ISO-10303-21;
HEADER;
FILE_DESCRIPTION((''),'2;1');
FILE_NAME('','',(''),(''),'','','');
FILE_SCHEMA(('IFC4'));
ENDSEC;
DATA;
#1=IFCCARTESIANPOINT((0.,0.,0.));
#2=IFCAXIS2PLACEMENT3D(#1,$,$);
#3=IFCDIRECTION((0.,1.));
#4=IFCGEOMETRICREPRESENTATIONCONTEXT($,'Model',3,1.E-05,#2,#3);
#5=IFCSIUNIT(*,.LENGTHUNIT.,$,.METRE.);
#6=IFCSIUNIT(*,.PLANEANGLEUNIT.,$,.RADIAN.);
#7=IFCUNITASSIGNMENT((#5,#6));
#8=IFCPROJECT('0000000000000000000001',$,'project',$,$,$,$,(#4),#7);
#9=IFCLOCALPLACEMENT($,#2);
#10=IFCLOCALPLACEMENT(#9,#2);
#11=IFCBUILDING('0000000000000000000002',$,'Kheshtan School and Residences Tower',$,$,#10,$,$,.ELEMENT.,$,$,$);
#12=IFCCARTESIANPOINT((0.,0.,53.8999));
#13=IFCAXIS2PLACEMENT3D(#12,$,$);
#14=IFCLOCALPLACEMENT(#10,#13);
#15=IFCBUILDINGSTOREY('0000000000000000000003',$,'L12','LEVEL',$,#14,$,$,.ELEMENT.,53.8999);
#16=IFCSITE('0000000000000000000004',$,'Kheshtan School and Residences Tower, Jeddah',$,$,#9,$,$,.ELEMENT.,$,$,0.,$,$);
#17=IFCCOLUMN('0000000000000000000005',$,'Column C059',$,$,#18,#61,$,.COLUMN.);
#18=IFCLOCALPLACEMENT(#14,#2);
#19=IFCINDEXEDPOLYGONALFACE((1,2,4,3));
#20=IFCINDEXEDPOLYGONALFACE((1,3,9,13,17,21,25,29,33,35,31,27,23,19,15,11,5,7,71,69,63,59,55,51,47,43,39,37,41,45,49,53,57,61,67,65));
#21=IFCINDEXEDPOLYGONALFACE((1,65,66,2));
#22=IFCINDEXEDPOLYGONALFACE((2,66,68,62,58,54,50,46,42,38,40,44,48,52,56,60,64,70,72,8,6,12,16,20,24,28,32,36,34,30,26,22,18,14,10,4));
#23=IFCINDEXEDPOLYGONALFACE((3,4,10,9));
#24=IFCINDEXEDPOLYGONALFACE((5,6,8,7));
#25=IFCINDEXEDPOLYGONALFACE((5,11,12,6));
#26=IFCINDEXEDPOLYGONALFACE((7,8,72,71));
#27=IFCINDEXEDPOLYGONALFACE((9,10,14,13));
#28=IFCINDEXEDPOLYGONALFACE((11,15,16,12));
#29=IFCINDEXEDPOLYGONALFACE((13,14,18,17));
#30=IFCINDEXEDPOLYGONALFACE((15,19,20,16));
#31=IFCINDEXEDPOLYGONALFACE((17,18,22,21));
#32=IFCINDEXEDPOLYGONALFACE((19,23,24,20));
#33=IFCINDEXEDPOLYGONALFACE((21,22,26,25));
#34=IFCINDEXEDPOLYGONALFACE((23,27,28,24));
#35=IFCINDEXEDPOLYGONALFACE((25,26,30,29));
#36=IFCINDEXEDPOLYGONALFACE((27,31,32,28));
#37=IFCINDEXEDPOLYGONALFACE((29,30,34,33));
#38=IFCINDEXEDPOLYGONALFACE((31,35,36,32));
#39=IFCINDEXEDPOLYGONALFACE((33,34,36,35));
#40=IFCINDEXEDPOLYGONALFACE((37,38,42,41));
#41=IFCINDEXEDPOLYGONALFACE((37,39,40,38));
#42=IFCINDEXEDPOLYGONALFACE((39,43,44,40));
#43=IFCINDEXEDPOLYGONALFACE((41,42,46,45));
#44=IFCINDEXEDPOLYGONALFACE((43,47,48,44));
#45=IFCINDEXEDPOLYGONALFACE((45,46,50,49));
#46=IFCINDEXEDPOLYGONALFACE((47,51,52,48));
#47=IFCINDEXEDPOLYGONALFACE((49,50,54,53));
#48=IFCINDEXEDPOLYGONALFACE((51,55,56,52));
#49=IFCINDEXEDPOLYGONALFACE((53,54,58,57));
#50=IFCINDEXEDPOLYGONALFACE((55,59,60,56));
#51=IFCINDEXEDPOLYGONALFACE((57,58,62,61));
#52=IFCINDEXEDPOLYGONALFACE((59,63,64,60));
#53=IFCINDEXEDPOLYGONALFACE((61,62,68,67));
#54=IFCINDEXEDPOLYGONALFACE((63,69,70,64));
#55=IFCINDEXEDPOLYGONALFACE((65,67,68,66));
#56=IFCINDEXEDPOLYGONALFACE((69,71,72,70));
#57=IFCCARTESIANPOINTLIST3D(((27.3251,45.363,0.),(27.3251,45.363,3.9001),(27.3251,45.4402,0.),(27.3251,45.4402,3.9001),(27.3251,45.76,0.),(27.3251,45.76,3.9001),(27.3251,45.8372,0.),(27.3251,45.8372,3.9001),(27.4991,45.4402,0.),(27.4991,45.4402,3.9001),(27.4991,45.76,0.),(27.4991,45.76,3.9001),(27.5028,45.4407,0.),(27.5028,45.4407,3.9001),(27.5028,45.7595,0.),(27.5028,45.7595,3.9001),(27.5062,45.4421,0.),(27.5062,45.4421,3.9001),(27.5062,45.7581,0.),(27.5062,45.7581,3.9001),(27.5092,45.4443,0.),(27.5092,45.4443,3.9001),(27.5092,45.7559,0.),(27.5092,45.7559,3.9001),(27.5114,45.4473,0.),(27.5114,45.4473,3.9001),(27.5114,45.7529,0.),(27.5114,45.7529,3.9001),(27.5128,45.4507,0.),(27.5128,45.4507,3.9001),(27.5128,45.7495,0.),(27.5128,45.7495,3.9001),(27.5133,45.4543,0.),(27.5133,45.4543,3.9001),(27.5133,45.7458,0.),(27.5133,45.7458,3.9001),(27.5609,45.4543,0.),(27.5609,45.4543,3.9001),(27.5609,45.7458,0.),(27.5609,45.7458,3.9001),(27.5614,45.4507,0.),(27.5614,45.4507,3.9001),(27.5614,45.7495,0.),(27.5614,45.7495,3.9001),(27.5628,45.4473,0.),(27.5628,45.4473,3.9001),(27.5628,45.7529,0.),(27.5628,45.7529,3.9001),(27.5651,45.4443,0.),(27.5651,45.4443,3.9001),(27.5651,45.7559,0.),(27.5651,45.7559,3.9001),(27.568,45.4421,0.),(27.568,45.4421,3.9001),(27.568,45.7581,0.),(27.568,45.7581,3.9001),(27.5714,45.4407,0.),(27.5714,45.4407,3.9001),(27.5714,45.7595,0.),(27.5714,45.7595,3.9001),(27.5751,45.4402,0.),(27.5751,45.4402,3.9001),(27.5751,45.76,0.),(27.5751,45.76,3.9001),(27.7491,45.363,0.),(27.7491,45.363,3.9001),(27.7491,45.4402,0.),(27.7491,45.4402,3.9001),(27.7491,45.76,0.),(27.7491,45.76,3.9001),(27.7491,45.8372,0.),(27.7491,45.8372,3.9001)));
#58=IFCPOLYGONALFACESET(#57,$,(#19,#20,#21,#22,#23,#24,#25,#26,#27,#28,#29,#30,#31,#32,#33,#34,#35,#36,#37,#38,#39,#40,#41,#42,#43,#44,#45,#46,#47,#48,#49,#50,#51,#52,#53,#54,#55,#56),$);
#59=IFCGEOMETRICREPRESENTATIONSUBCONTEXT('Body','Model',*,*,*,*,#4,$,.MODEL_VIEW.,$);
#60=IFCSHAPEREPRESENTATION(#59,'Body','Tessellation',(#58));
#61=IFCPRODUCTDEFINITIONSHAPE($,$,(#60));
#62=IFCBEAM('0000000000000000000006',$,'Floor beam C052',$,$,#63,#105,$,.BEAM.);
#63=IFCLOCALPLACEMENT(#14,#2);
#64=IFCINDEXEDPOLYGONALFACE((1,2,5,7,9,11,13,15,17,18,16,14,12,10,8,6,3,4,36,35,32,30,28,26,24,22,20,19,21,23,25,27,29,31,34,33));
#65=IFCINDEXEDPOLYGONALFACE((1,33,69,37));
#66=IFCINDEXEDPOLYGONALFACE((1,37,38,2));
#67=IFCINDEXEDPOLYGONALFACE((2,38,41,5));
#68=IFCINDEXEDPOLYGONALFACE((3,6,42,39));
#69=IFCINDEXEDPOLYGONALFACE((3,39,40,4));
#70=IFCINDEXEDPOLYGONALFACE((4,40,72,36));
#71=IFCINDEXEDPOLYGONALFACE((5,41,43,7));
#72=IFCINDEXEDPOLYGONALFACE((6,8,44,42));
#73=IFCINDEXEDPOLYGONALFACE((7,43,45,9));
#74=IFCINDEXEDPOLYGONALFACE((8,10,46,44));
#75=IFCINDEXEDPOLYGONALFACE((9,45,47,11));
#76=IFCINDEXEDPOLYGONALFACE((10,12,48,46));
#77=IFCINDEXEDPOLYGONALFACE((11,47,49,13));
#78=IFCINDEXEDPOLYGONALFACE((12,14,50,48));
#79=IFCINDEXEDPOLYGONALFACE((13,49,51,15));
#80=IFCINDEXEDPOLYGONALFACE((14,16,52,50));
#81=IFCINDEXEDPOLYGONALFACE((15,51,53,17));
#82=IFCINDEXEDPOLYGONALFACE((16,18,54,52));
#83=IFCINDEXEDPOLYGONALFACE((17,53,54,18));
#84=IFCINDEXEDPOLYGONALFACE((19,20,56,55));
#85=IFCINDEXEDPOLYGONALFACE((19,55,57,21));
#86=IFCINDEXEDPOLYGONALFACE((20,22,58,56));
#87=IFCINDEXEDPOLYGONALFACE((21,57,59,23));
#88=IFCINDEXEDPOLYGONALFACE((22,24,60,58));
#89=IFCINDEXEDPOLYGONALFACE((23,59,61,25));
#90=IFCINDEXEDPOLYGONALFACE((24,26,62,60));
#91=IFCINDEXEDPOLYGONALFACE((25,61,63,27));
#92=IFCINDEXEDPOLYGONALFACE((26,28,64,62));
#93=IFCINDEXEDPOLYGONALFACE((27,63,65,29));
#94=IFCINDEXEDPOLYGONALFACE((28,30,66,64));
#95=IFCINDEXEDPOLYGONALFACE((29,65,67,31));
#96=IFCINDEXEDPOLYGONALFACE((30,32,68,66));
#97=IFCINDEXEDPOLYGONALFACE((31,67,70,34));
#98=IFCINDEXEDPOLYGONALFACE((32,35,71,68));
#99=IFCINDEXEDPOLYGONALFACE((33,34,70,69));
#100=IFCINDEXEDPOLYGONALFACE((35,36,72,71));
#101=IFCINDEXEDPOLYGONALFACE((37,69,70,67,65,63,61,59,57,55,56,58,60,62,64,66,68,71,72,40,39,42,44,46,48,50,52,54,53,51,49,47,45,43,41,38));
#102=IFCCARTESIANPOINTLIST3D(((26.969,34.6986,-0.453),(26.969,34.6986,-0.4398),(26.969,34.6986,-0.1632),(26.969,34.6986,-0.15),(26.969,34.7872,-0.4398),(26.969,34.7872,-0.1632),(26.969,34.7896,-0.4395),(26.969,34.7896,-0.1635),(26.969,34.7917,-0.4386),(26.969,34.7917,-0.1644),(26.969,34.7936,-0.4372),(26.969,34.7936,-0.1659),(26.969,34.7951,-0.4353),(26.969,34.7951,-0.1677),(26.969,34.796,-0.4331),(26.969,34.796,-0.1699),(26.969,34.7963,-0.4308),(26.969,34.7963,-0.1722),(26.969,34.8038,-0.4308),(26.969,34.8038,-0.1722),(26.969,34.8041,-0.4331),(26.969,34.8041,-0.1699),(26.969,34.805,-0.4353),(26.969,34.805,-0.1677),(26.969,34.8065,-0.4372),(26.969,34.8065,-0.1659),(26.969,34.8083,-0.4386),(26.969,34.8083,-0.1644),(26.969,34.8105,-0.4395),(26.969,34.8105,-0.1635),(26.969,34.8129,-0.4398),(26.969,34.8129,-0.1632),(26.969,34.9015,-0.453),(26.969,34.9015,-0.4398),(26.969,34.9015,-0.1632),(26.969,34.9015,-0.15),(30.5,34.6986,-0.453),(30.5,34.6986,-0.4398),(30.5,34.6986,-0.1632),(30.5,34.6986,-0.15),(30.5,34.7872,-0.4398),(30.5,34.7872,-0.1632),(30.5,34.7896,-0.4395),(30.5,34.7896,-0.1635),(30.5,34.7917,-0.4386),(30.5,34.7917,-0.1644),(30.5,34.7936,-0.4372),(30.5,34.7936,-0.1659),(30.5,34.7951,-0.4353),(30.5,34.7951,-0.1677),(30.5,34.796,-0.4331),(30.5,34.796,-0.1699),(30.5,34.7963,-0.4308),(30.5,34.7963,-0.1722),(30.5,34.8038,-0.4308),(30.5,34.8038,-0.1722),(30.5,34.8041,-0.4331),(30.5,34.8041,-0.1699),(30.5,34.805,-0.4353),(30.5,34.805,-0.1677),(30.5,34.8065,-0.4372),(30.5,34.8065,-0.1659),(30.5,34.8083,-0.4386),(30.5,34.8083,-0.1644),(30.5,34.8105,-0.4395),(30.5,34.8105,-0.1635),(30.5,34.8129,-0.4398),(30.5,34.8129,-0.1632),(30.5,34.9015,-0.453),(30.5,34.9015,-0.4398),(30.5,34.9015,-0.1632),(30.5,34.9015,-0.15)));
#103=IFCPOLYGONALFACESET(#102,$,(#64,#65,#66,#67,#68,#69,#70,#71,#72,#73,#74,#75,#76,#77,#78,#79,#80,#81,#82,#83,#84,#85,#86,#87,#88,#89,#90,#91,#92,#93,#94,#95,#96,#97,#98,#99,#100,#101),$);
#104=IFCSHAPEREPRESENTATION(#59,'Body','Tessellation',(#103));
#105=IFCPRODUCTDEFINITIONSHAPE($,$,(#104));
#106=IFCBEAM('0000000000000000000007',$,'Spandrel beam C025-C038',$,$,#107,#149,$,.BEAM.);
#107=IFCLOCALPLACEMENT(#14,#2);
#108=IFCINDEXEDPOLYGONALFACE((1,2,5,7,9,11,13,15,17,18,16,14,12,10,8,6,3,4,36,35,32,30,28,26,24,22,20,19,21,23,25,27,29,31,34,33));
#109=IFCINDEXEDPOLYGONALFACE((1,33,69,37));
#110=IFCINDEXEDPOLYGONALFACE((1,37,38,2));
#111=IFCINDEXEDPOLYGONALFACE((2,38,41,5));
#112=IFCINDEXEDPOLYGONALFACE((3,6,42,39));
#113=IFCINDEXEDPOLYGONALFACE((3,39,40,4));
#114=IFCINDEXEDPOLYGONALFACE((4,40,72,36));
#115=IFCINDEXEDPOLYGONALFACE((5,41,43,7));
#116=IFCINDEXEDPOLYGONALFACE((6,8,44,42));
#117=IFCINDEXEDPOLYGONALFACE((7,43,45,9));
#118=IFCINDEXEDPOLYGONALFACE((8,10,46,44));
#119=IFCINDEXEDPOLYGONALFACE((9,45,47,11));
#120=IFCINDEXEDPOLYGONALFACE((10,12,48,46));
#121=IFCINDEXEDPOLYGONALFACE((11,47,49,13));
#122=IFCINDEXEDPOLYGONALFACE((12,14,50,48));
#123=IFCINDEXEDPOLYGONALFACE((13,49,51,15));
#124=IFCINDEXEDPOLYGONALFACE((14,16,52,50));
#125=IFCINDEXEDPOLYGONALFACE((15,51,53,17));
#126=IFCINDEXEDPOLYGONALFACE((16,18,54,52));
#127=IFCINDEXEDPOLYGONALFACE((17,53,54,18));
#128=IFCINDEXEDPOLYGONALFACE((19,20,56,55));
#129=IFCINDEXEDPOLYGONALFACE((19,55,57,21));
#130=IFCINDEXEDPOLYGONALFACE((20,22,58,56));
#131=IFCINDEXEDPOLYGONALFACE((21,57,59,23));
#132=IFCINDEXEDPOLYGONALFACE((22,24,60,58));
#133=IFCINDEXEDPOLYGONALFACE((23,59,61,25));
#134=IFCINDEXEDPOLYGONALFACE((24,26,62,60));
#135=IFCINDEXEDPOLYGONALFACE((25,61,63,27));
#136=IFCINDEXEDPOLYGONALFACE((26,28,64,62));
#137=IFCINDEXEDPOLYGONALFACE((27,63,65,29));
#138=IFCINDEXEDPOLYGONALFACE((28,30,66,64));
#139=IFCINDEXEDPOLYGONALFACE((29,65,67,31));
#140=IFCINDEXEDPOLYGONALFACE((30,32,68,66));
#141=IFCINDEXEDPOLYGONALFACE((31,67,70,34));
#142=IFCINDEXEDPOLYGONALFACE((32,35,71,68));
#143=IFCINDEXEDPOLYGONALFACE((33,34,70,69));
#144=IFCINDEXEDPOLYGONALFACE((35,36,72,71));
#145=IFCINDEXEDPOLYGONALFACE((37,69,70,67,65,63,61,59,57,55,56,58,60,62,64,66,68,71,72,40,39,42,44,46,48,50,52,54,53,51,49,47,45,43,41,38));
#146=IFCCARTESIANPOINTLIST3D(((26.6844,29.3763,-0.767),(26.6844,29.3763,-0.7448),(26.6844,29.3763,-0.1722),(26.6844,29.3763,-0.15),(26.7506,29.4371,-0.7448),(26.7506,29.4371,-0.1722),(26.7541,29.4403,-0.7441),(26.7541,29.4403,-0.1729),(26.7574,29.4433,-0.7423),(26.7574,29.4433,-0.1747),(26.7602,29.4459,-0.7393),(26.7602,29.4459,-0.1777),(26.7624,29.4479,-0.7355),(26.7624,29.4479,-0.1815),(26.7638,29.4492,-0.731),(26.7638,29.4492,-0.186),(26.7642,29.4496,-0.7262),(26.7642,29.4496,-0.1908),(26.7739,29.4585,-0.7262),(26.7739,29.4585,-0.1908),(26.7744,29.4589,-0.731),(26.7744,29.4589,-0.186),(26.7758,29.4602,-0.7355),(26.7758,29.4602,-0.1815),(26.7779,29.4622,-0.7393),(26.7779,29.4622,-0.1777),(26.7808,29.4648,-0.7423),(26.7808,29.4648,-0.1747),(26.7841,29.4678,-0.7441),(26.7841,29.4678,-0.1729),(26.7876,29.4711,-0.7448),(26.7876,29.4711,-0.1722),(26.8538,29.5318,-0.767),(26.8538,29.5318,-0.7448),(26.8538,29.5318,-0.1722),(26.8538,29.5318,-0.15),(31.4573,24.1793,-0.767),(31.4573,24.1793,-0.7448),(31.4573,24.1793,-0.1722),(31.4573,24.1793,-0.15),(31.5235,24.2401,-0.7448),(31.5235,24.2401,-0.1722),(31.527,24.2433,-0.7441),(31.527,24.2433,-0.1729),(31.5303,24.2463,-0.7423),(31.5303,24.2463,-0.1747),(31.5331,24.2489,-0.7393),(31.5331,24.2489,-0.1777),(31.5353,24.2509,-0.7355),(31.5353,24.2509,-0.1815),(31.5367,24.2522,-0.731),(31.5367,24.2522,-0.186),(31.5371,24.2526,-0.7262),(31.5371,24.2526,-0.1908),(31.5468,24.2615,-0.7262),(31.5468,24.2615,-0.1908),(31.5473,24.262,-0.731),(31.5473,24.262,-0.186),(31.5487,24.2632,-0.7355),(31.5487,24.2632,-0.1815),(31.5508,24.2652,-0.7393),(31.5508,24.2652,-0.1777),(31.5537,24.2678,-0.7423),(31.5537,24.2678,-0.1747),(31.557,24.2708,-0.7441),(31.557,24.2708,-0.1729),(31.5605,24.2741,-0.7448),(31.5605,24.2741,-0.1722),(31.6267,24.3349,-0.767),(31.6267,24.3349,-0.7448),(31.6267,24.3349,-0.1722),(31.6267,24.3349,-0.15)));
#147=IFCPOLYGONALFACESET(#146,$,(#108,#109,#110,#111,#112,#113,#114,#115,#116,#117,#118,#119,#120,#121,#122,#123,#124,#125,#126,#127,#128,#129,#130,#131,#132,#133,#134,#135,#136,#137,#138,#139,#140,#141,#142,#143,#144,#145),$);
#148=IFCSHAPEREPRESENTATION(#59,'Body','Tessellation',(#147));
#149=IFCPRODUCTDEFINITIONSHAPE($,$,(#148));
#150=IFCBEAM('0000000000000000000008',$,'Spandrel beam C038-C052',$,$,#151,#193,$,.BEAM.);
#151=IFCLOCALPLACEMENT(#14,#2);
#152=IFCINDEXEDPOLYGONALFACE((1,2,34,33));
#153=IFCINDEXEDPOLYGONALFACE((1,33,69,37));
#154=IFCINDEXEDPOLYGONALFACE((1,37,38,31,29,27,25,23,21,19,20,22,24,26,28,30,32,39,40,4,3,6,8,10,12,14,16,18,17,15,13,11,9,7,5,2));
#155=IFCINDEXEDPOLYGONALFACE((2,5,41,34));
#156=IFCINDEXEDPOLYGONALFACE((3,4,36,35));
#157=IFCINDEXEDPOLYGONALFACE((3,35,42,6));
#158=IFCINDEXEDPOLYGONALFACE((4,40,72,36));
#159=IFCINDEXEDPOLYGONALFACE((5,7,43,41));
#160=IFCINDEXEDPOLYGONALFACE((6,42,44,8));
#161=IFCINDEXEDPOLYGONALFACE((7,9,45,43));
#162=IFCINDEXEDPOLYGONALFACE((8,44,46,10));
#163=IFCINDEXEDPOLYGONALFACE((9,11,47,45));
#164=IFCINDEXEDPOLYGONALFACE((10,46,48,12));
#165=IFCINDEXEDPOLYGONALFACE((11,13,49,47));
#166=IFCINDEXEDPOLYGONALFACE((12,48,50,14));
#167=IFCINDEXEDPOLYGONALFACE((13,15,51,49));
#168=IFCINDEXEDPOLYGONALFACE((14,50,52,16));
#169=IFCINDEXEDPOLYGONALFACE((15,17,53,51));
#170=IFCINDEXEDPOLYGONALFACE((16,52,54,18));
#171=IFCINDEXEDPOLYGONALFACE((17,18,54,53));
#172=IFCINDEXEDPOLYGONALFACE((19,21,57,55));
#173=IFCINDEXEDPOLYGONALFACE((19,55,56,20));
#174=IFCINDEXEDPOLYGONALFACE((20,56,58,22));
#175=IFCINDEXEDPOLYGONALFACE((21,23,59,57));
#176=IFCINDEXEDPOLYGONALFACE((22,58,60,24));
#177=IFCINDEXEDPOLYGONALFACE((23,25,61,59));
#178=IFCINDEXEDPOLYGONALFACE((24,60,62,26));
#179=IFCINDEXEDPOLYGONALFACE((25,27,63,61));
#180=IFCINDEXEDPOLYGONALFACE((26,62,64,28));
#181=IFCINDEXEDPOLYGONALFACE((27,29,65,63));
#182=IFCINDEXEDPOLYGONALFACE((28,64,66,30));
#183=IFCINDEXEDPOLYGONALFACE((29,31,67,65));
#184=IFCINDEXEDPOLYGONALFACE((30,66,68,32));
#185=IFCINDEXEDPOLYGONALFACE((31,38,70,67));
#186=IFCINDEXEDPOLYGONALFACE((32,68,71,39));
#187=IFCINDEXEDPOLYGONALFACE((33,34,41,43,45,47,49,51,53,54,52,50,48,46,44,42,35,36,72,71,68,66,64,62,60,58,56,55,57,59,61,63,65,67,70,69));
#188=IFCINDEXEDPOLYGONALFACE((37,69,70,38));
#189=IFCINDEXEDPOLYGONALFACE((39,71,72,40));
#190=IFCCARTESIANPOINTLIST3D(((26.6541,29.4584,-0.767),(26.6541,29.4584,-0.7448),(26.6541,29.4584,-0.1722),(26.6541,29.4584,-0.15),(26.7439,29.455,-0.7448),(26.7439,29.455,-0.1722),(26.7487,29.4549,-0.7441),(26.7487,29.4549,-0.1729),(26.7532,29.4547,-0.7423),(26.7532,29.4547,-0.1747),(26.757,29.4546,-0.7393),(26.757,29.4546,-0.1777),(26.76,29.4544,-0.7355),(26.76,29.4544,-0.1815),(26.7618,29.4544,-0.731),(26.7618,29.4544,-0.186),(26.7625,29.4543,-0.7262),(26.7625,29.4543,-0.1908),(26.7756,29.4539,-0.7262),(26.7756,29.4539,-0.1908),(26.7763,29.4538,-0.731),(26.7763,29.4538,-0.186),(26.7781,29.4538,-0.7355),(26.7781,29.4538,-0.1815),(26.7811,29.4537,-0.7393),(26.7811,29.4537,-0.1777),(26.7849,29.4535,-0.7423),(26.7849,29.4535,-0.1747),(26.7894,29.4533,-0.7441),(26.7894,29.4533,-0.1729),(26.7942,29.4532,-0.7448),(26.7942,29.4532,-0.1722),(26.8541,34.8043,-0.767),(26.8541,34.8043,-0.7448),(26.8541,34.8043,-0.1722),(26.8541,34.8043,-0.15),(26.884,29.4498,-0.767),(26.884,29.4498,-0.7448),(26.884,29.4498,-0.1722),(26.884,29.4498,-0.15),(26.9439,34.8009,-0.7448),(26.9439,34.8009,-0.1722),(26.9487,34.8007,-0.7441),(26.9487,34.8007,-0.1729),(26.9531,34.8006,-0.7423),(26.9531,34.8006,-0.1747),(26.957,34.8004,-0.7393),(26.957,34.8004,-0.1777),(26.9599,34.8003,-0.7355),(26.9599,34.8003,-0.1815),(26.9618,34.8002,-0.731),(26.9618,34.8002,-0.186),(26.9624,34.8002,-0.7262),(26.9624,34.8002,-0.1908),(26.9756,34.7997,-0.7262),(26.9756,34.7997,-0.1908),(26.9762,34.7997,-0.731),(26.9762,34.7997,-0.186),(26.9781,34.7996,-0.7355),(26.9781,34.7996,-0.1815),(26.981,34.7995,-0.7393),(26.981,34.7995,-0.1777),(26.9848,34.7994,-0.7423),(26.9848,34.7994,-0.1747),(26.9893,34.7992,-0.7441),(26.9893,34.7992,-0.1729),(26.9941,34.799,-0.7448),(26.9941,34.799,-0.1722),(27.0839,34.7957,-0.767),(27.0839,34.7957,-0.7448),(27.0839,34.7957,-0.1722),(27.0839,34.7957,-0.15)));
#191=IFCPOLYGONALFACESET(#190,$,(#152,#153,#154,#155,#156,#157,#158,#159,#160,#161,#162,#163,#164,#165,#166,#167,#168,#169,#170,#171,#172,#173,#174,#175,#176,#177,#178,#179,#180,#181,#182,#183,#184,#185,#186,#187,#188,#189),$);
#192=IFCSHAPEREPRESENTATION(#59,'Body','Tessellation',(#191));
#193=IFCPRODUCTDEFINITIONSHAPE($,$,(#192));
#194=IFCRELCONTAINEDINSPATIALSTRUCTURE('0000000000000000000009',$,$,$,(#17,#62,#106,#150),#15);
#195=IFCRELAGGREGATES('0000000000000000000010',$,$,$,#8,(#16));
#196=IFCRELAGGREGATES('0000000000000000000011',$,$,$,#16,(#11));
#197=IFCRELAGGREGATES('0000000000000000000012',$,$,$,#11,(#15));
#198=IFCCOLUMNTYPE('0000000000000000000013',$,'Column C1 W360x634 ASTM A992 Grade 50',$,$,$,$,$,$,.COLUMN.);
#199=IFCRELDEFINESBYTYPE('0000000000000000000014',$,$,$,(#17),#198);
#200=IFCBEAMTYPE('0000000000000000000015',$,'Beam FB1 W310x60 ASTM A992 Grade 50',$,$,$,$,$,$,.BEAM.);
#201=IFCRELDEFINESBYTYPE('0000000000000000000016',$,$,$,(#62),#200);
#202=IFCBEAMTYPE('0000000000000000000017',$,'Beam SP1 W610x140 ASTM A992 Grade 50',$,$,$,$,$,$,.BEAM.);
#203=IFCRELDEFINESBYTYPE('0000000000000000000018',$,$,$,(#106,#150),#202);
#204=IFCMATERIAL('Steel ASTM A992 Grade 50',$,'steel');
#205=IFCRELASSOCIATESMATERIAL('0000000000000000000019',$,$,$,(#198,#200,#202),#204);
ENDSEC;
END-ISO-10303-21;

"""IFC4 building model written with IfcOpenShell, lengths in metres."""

from ifc_helpers import new_model, si_unit, direction, frame, origin, origin_2d, place, context, subcontext, project, spatial, i_section, extrude, material, material_profile, profile_set, type_object, element, save


model = new_model("IFC4")

# Units and contexts
model_context = context("Model", 3, precision=1e-05, world=origin(), true_north=direction((0.0, 1.0)))
body_context = subcontext(model_context, "Body", "Model", "MODEL_VIEW")
ifc_project = project(units=[si_unit("LENGTHUNIT", "METRE"), si_unit("PLANEANGLEUNIT", "RADIAN")], contexts=[model_context])

# Site, building, storey
site_placement = place(None, origin())
site = spatial("IfcSite", under=ifc_project, at=site_placement, Name="Kheshtan School and Residences Tower, Jeddah", CompositionType="ELEMENT", RefElevation=0.0)
building_placement = place(site_placement, origin())
building = spatial("IfcBuilding", under=site, at=building_placement, Name="Kheshtan School and Residences Tower", CompositionType="ELEMENT")
storey_placement = place(building_placement, frame((0.0, 0.0, 53.8999)))
storey = spatial("IfcBuildingStorey", under=building, at=storey_placement, Name="L12", Description="LEVEL", CompositionType="ELEMENT", Elevation=53.8999)

# Column
ifc_material_1 = material(Name="Steel ASTM A992 Grade 50", Category="steel")
ifc_material_profile_1 = material_profile(ifc_material_1, i_section(OverallWidth=0.4241, OverallDepth=0.4741, WebThickness=0.0476, FlangeThickness=0.0771, FilletRadius=0.0142, at=origin_2d()), Name="W360x634")
ifc_profile_set_1 = profile_set([ifc_material_profile_1], Name="Steel ASTM A992 Grade 50")
column_type = type_object("IfcColumnType", Name="Column C1 W360x634 ASTM A992 Grade 50", PredefinedType="COLUMN", material=ifc_profile_set_1)
for number, where, z_axis, x_axis, name in (
    (1, (27.5371, 45.6001, 0.0), (0.0, 0.0, 1.0), (1.0, 0.0, 0.0), "Column C059"),
):
    element("IfcColumn", number, at=place(storey_placement, frame(where, z_axis=z_axis, x_axis=x_axis)), inside=storey, type_object=column_type, Name=name, PredefinedType="COLUMN", context=body_context, shape_type="SweptSolid", body=[
        extrude(i_section(OverallWidth=0.4241, OverallDepth=0.4741, WebThickness=0.0476, FlangeThickness=0.0771, FilletRadius=0.0142, at=origin_2d()), origin(), (0.0, 0.0, 1.0), 3.9001),
    ])

# Beams
ifc_material_profile_2 = material_profile(ifc_material_1, i_section(OverallWidth=0.2029, OverallDepth=0.303, WebThickness=0.0076, FlangeThickness=0.0132, FilletRadius=0.009, at=origin_2d()), Name="W310x60")
ifc_profile_set_2 = profile_set([ifc_material_profile_2], Name="Steel ASTM A992 Grade 50")
beam_type_1 = type_object("IfcBeamType", Name="Beam FB1 W310x60 ASTM A992 Grade 50", PredefinedType="BEAM", material=ifc_profile_set_2)
beam_1_placement = place(storey_placement, frame((26.969, 34.8, -0.3015), z_axis=(1.0, 0.0, 0.0), x_axis=(0.0, 1.0, 0.0)))
element("IfcBeam", 2, at=beam_1_placement, inside=storey, type_object=beam_type_1, Name="Floor beam C052", PredefinedType="BEAM", context=body_context, shape_type="SweptSolid", body=[
    extrude(i_section(OverallWidth=0.2029, OverallDepth=0.303, WebThickness=0.0076, FlangeThickness=0.0132, FilletRadius=0.009, at=origin_2d()), origin(), (0.0, 0.0, 1.0), 3.531),
])
ifc_material_profile_3 = material_profile(ifc_material_1, i_section(OverallWidth=0.23, OverallDepth=0.6169, WebThickness=0.0132, FlangeThickness=0.0222, FilletRadius=0.0186, at=origin_2d()), Name="W610x140")
ifc_profile_set_3 = profile_set([ifc_material_profile_3], Name="Steel ASTM A992 Grade 50")
beam_type_2 = type_object("IfcBeamType", Name="Beam SP1 W610x140 ASTM A992 Grade 50", PredefinedType="BEAM", material=ifc_profile_set_3)
beam_2_placement = place(storey_placement, frame((31.542, 24.2571, -0.4585), z_axis=(-0.676418, 0.736518, 0.0), x_axis=(-0.736518, -0.676418, 0.0)))
element("IfcBeam", 3, at=beam_2_placement, inside=storey, type_object=beam_type_2, Name="Spandrel beam C025-C038", PredefinedType="BEAM", context=body_context, shape_type="SweptSolid", body=[
    extrude(i_section(OverallWidth=0.23, OverallDepth=0.6169, WebThickness=0.0132, FlangeThickness=0.0222, FilletRadius=0.0186, at=origin_2d()), origin(), (0.0, 0.0, 1.0), 7.0562),
])
beam_3_placement = place(storey_placement, frame((26.769, 29.4541, -0.4585), z_axis=(0.037376, 0.999301, 0.0), x_axis=(-0.999301, 0.037376, 0.0)))
element("IfcBeam", 4, at=beam_3_placement, inside=storey, type_object=beam_type_2, Name="Spandrel beam C038-C052", PredefinedType="BEAM", context=body_context, shape_type="SweptSolid", body=[
    extrude(i_section(OverallWidth=0.23, OverallDepth=0.6169, WebThickness=0.0132, FlangeThickness=0.0222, FilletRadius=0.0186, at=origin_2d()), origin(), (0.0, 0.0, 1.0), 5.3496),
])

save(model, "model.ifc")
